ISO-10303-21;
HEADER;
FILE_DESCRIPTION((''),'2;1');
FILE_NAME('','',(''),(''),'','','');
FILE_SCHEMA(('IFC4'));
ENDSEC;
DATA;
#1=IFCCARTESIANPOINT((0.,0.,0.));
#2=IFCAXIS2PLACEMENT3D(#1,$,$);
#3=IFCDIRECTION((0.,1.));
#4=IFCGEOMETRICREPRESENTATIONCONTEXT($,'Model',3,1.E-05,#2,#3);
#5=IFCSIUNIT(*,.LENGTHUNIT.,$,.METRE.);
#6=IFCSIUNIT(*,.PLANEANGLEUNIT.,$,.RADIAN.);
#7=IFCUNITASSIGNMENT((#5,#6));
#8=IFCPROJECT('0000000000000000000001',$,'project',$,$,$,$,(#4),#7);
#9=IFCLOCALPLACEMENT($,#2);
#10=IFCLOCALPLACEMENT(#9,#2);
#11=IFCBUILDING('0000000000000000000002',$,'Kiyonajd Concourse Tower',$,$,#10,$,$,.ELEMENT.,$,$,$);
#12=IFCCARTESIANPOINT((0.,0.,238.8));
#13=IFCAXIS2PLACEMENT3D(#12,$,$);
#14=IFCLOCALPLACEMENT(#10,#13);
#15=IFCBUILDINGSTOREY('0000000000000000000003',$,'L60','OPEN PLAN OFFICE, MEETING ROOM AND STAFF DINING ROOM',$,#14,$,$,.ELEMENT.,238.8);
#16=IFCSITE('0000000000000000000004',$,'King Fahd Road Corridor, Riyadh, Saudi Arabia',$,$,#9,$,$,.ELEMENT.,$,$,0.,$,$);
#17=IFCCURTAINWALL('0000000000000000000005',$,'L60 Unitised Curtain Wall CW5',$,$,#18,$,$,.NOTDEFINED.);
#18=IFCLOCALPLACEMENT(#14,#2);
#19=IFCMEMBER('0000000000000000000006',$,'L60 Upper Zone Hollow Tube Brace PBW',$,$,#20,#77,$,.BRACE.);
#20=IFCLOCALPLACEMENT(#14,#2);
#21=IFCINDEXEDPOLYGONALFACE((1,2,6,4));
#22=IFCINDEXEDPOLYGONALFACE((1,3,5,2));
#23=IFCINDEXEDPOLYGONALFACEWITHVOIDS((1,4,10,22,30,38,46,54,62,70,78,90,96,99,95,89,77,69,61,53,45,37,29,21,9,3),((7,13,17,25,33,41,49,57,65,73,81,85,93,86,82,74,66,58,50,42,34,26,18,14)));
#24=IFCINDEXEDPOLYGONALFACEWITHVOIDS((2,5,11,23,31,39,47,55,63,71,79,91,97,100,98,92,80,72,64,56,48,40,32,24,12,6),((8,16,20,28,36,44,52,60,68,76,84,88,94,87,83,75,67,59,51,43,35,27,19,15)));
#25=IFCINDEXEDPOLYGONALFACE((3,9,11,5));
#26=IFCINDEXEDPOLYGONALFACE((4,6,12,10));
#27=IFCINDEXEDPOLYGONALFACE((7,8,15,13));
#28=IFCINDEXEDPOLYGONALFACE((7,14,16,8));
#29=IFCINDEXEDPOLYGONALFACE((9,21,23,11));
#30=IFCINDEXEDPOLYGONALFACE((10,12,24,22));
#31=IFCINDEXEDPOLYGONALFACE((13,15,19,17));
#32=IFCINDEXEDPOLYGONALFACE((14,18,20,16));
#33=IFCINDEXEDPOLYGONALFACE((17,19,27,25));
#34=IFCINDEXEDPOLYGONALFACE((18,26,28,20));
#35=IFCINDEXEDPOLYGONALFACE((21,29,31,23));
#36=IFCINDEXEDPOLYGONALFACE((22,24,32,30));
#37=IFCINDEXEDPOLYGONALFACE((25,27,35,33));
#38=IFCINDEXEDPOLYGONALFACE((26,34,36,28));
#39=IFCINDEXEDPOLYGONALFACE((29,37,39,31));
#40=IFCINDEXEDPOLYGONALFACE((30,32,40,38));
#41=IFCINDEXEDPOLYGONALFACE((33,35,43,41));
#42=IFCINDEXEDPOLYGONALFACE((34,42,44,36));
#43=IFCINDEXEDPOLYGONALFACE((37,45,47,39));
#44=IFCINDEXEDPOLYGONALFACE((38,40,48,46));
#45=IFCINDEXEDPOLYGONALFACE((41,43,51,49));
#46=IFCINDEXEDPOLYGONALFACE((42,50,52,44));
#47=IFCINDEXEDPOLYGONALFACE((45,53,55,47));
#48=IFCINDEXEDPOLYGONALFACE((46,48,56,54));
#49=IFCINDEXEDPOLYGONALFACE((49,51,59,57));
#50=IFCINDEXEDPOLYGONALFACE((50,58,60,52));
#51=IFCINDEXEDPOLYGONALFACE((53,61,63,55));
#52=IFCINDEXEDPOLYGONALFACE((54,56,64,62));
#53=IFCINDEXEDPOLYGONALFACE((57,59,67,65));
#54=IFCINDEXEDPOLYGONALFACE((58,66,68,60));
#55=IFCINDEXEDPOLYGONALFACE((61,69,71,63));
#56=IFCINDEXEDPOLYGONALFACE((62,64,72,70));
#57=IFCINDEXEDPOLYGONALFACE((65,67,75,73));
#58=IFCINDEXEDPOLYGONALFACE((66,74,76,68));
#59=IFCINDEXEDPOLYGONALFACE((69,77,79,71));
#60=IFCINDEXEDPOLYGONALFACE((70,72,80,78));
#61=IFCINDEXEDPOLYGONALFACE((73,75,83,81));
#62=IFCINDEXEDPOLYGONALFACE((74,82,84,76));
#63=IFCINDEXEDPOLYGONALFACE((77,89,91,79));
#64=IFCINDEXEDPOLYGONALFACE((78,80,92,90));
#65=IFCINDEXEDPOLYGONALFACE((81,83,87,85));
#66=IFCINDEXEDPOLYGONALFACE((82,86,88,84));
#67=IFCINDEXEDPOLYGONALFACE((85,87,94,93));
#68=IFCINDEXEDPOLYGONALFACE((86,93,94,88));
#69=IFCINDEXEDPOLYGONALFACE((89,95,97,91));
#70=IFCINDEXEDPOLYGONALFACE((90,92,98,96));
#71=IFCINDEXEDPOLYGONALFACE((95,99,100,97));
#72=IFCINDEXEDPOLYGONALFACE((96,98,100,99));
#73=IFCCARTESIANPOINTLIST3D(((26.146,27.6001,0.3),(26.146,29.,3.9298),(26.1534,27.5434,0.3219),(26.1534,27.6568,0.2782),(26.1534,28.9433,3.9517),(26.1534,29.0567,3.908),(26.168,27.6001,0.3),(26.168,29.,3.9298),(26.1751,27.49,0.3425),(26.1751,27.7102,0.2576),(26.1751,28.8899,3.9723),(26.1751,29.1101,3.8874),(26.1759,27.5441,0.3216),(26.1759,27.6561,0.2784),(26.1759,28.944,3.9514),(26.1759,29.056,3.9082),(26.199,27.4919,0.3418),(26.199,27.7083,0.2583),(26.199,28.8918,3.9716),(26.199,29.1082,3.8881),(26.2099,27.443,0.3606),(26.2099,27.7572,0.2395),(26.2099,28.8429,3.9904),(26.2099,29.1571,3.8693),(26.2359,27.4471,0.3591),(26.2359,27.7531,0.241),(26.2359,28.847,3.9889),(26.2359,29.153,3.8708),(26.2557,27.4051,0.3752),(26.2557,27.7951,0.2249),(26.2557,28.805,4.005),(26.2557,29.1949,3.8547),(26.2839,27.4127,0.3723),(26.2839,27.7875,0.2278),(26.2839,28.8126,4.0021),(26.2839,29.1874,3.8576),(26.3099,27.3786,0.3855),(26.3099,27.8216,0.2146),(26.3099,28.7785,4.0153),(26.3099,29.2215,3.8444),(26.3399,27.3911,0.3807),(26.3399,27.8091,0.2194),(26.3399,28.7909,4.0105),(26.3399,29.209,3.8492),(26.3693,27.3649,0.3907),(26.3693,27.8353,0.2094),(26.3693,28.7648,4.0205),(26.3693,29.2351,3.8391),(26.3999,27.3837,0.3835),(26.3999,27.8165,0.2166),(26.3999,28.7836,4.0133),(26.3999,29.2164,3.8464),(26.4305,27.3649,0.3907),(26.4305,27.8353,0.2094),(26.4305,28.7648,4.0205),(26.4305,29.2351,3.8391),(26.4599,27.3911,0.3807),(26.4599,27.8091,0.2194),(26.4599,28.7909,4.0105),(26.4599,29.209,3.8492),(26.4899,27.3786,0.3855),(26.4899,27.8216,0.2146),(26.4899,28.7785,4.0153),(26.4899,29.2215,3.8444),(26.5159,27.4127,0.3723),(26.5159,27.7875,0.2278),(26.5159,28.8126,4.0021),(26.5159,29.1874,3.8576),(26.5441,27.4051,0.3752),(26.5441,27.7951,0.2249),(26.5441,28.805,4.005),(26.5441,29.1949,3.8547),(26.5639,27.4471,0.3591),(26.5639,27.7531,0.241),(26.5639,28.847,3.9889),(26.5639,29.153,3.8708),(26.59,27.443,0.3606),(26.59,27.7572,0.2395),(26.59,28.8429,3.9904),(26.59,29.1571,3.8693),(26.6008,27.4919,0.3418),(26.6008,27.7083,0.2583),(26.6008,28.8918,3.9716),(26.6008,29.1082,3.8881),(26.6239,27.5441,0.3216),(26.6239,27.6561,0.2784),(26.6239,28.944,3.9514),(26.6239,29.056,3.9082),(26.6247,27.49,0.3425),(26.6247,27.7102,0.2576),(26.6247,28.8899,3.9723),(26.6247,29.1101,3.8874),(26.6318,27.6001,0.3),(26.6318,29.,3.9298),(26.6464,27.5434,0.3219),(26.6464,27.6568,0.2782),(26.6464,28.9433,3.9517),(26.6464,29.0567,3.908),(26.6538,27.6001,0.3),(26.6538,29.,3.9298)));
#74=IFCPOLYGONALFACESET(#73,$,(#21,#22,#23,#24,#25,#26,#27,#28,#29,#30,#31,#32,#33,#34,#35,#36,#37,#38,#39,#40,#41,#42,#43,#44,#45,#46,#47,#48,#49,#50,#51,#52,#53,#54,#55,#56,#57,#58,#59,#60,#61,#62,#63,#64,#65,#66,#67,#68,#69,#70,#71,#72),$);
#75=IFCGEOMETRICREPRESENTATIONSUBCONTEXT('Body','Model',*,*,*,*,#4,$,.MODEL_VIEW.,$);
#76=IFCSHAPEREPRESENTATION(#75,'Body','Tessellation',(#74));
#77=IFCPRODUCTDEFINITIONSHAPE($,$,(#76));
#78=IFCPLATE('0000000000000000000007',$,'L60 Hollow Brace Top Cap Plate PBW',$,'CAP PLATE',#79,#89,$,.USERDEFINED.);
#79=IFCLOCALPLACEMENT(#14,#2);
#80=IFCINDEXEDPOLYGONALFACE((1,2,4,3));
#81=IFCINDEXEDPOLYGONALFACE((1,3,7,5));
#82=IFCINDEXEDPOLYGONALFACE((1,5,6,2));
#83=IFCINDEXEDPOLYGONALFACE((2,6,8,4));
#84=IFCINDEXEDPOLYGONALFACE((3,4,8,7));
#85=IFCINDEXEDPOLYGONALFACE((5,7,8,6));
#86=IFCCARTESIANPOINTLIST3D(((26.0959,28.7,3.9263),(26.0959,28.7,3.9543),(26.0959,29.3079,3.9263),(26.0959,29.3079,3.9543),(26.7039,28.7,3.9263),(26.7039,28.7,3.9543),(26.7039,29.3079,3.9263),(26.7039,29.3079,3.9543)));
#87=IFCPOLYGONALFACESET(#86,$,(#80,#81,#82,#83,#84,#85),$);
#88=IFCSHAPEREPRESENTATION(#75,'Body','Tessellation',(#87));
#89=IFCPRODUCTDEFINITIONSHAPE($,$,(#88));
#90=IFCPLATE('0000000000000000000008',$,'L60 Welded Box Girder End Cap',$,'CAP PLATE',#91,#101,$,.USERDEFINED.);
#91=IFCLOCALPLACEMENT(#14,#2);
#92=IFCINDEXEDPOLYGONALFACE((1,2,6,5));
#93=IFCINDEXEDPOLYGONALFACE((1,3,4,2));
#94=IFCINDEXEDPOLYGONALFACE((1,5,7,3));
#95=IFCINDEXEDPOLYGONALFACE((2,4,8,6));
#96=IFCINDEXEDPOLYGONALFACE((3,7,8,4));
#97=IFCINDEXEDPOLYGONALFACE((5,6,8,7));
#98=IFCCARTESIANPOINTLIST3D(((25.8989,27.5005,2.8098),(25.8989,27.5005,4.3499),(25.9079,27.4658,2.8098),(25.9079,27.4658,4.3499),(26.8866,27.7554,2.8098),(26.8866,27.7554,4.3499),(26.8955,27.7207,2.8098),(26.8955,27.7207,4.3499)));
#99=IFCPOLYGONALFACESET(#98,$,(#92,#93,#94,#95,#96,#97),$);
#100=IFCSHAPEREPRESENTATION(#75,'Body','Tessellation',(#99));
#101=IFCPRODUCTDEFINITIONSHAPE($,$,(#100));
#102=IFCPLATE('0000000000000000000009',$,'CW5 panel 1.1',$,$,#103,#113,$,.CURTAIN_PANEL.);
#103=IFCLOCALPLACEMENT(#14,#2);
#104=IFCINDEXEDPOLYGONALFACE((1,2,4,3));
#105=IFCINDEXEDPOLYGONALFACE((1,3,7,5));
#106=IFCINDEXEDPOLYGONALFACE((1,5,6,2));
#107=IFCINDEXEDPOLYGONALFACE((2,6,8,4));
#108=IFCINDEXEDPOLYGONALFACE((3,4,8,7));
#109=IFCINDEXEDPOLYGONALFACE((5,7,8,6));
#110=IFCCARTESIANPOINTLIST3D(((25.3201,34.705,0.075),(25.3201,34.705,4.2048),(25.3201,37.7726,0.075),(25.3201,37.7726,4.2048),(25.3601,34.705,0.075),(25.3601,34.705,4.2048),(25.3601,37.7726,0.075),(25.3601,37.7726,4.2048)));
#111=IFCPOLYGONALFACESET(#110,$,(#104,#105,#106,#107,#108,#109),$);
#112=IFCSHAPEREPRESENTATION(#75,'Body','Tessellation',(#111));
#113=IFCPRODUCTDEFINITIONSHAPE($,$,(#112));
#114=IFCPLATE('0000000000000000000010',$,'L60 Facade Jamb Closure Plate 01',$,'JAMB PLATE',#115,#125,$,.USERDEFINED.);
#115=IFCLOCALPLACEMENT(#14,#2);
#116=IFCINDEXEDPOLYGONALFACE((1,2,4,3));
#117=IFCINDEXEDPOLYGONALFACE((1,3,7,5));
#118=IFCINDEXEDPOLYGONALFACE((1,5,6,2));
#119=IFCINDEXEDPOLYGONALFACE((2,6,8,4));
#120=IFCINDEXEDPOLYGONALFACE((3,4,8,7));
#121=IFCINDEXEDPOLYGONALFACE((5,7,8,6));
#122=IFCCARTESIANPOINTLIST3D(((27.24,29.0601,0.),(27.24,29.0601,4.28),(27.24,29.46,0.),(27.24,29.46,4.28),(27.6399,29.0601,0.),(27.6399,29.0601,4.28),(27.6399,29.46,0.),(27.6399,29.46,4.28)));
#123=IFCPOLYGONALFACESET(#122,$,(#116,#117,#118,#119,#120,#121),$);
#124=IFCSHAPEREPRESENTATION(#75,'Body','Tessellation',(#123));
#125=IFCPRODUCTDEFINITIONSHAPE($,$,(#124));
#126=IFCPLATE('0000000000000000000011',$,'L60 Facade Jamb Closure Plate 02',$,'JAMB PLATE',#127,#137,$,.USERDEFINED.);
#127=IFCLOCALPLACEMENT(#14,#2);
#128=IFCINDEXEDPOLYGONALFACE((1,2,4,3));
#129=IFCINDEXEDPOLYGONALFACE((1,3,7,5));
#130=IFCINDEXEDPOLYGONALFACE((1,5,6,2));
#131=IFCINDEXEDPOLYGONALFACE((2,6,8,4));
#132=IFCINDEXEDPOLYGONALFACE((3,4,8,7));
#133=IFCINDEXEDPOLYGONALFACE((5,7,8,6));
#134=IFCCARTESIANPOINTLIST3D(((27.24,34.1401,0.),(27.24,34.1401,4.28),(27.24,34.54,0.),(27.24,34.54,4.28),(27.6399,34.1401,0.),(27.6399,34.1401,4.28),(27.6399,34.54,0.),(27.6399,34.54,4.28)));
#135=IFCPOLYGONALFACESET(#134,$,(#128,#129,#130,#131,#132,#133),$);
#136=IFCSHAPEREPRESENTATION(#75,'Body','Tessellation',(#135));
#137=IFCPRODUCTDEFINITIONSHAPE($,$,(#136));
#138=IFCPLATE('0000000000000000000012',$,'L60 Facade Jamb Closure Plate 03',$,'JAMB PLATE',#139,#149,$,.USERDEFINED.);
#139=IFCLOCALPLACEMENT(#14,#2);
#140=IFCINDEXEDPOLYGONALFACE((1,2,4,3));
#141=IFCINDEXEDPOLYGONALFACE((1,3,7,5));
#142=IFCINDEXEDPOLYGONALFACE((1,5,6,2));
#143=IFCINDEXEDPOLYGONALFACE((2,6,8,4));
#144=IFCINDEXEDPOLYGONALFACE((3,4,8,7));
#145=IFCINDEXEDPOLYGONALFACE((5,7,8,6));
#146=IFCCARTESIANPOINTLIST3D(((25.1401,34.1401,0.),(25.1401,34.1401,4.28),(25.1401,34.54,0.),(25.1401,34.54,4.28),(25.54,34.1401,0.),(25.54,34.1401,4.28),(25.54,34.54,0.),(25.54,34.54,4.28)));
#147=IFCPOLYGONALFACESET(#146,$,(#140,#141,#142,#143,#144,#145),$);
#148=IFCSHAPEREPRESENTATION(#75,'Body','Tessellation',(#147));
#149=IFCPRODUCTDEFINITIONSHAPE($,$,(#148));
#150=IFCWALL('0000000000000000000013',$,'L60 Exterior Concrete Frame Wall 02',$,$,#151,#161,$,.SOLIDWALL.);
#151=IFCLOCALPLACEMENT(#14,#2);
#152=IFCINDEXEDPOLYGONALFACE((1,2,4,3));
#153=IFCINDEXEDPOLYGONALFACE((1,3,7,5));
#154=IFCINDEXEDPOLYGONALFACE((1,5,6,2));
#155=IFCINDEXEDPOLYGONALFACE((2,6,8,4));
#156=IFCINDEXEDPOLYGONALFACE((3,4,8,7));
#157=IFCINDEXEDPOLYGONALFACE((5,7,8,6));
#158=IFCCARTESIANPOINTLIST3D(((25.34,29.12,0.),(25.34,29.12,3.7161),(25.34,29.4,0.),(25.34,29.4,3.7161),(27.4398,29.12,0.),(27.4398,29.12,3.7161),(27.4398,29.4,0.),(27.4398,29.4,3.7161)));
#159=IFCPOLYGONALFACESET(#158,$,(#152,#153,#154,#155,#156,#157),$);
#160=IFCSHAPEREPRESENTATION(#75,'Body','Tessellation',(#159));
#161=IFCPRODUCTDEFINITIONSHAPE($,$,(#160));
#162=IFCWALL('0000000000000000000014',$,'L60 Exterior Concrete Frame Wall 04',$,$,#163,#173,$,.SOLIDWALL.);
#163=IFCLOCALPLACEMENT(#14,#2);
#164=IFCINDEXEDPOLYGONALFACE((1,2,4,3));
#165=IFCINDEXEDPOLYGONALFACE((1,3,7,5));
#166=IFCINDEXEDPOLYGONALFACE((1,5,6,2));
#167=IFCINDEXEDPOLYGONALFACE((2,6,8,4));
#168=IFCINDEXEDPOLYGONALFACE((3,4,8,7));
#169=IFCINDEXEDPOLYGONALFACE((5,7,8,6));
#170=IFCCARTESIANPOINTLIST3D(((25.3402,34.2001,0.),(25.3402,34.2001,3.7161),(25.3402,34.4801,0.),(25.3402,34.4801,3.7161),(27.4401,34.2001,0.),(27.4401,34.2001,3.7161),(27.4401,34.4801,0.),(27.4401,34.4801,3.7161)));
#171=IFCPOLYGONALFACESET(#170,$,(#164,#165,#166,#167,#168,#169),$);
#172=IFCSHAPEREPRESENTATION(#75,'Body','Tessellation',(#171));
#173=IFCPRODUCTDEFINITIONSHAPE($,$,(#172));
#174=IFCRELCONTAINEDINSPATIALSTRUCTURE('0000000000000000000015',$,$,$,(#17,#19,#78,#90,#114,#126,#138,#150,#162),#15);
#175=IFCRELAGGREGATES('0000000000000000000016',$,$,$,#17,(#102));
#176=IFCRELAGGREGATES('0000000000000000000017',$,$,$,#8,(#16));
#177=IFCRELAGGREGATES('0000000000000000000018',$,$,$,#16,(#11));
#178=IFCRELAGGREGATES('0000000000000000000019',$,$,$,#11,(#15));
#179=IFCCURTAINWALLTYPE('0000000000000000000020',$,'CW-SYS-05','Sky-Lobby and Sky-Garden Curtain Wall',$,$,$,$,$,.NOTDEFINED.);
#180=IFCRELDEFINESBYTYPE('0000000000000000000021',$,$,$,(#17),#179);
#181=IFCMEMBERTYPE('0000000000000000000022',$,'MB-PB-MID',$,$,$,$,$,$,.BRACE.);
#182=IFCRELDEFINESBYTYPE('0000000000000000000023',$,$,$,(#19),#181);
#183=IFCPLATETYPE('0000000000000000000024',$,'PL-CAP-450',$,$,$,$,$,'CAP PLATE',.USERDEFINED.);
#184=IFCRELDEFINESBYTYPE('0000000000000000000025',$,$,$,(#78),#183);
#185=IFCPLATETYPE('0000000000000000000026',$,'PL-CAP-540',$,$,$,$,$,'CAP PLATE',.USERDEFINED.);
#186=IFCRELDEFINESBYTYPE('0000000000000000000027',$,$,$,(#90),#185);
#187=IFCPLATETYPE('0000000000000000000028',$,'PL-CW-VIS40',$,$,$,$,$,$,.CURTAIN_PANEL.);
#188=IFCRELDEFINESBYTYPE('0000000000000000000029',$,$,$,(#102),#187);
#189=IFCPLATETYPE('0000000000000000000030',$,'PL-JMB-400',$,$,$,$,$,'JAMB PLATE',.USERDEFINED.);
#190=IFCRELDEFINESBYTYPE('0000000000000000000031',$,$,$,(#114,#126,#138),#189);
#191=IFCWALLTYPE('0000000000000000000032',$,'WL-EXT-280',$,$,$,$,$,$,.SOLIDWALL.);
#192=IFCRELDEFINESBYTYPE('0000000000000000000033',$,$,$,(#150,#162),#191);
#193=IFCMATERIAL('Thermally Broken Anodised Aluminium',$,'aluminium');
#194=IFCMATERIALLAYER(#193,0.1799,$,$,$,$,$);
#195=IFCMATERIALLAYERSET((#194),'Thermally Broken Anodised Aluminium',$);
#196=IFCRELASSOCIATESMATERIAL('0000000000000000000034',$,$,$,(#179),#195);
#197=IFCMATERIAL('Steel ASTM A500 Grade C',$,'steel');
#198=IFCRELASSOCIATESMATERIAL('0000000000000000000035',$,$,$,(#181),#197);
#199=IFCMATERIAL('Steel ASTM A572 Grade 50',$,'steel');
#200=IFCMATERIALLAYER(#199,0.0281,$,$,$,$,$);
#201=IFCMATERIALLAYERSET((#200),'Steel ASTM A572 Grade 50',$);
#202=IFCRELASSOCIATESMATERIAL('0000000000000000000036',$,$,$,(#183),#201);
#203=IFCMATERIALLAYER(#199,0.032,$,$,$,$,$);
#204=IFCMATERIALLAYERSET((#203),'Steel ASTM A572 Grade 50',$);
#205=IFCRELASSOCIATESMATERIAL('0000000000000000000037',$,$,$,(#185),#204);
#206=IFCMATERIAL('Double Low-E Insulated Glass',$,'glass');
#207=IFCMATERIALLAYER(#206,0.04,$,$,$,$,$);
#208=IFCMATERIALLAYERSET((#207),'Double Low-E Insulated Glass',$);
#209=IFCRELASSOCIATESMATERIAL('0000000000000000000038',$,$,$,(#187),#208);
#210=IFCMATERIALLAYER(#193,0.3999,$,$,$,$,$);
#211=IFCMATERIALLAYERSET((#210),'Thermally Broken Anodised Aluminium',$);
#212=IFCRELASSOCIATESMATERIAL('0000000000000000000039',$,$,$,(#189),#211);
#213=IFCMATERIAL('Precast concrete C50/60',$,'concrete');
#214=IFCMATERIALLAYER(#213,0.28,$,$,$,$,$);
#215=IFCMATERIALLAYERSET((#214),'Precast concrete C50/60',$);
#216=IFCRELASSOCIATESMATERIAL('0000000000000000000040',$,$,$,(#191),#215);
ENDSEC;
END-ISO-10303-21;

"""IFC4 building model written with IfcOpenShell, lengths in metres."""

from ifc_helpers import new_model, si_unit, direction, frame, frame_2d, origin, origin_2d, place, context, subcontext, project, spatial, rectangle, hollow_circle, extrude, material, layer, layer_set, material_profile, profile_set, type_object, element, aggregate, save


model = new_model("IFC4")

# Units and contexts
model_context = context("Model", 3, precision=1e-05, world=origin(), true_north=direction((0.0, 1.0)))
body_context = subcontext(model_context, "Body", "Model", "MODEL_VIEW")
ifc_project = project(units=[si_unit("LENGTHUNIT", "METRE"), si_unit("PLANEANGLEUNIT", "RADIAN")], contexts=[model_context])

# Site, building, storey
site_placement = place(None, origin())
site = spatial("IfcSite", under=ifc_project, at=site_placement, Name="King Fahd Road Corridor, Riyadh, Saudi Arabia", CompositionType="ELEMENT", RefElevation=0.0)
building_placement = place(site_placement, origin())
building = spatial("IfcBuilding", under=site, at=building_placement, Name="Kiyonajd Concourse Tower", CompositionType="ELEMENT")
storey_placement = place(building_placement, frame((0.0, 0.0, 238.8)))
storey = spatial("IfcBuildingStorey", under=building, at=storey_placement, Name="L60", Description="OPEN PLAN OFFICE, MEETING ROOM AND STAFF DINING ROOM", CompositionType="ELEMENT", Elevation=238.8)

# Curtain wall
ifc_material_1 = material(Name="Thermally Broken Anodised Aluminium", Category="aluminium")
ifc_layer_1 = layer(ifc_material_1, 0.1799)
ifc_layer_set_1 = layer_set([ifc_layer_1], Name="Thermally Broken Anodised Aluminium")
curtain_wall_type = type_object("IfcCurtainWallType", Name="CW-SYS-05", Description="Sky-Lobby and Sky-Garden Curtain Wall", PredefinedType="NOTDEFINED", material=ifc_layer_set_1)
curtain_wall_placement = place(storey_placement, origin())
curtain_wall = element("IfcCurtainWall", 1, at=curtain_wall_placement, inside=storey, type_object=curtain_wall_type, Name="L60 Unitised Curtain Wall CW5", PredefinedType="NOTDEFINED")

# Member
ifc_material_2 = material(Name="Steel ASTM A500 Grade C", Category="steel")
ifc_material_profile_1 = material_profile(ifc_material_2, hollow_circle(Radius=0.2539, WallThickness=0.022, at=origin_2d()), Name="CHS-508x22")
ifc_profile_set_1 = profile_set([ifc_material_profile_1], Name="Steel ASTM A500 Grade C")
member_type_1 = type_object("IfcMemberType", Name="MB-PB-MID", PredefinedType="BRACE", material=ifc_profile_set_1)
member_1_placement = place(storey_placement, frame((26.3999, 27.6001, 0.3), z_axis=(0.0, 0.359828, 0.933019), x_axis=(-1.0, 0.0, 0.0)))
element("IfcMember", 2, at=member_1_placement, inside=storey, type_object=member_type_1, Name="L60 Upper Zone Hollow Tube Brace PBW", PredefinedType="BRACE", context=body_context, shape_type="SweptSolid", body=[
    extrude(hollow_circle(Radius=0.2539, WallThickness=0.022, at=origin_2d()), origin(), (0.0, 0.0, 1.0), 3.8904),
])

# Plates
ifc_material_3 = material(Name="Steel ASTM A572 Grade 50", Category="steel")
ifc_layer_2 = layer(ifc_material_3, 0.0281)
ifc_layer_set_2 = layer_set([ifc_layer_2], Name="Steel ASTM A572 Grade 50")
plate_type_1 = type_object("IfcPlateType", Name="PL-CAP-450", ElementType="CAP PLATE", PredefinedType="USERDEFINED", material=ifc_layer_set_2)
plate_1_placement = place(storey_placement, frame((26.3999, 29.0039, 3.9263), z_axis=(0.0, 0.0, 1.0), x_axis=(1.0, 0.0, 0.0)))
element("IfcPlate", 3, at=plate_1_placement, inside=storey, type_object=plate_type_1, Name="L60 Hollow Brace Top Cap Plate PBW", ObjectType="CAP PLATE", PredefinedType="USERDEFINED", context=body_context, shape_type="SweptSolid", body=[
    extrude(rectangle(XDim=0.6079, YDim=0.6079, at=origin_2d()), origin(), (0.0, 0.0, 1.0), 0.0281),
])
ifc_layer_3 = layer(ifc_material_3, 0.032)
ifc_layer_set_3 = layer_set([ifc_layer_3], Name="Steel ASTM A572 Grade 50")
plate_type_2 = type_object("IfcPlateType", Name="PL-CAP-540", ElementType="CAP PLATE", PredefinedType="USERDEFINED", material=ifc_layer_set_3)
plate_2_placement = place(storey_placement, frame((26.3972, 27.6106, 2.8098), z_axis=(0.0, 0.0, 1.0), x_axis=(-0.249873, 0.968279, 0.0)))
element("IfcPlate", 4, at=plate_2_placement, inside=storey, type_object=plate_type_2, Name="L60 Welded Box Girder End Cap", ObjectType="CAP PLATE", PredefinedType="USERDEFINED", context=body_context, shape_type="SweptSolid", body=[
    extrude(rectangle(XDim=0.0359, YDim=1.02, at=origin_2d()), origin(), (0.0, 0.0, 1.0), 1.54),
])

# Plate
ifc_material_4 = material(Name="Double Low-E Insulated Glass", Category="glass")
ifc_layer_4 = layer(ifc_material_4, 0.04)
ifc_layer_set_4 = layer_set([ifc_layer_4], Name="Double Low-E Insulated Glass")
plate_type_3 = type_object("IfcPlateType", Name="PL-CW-VIS40", PredefinedType="CURTAIN_PANEL", material=ifc_layer_set_4)
plate_3_placement = place(storey_placement, frame((25.3401, 36.2388, 0.075), z_axis=(0.0, 0.0, 1.0), x_axis=(0.0, 1.0, 0.0)))
plate_3 = element("IfcPlate", 5, at=plate_3_placement, type_object=plate_type_3, Name="CW5 panel 1.1", PredefinedType="CURTAIN_PANEL", context=body_context, shape_type="SweptSolid", body=[
    extrude(rectangle(XDim=3.0676, YDim=0.04, at=origin_2d()), origin(), (0.0, 0.0, 1.0), 4.1299),
])
aggregate(curtain_wall, [plate_3])

# Plates
ifc_layer_5 = layer(ifc_material_1, 0.3999)
ifc_layer_set_5 = layer_set([ifc_layer_5], Name="Thermally Broken Anodised Aluminium")
plate_type_4 = type_object("IfcPlateType", Name="PL-JMB-400", ElementType="JAMB PLATE", PredefinedType="USERDEFINED", material=ifc_layer_set_5)
for number, where, z_axis, x_axis, name in (
    (6, (27.4399, 29.26, 0.0), (0.0, 0.0, 1.0), (1.0, 0.0, 0.0), "L60 Facade Jamb Closure Plate 01"),
    (7, (27.4399, 34.3401, 0.0), (0.0, 0.0, 1.0), (1.0, 0.0, 0.0), "L60 Facade Jamb Closure Plate 02"),
    (8, (25.3401, 34.3401, 0.0), (0.0, 0.0, 1.0), (1.0, 0.0, 0.0), "L60 Facade Jamb Closure Plate 03"),
):
    element("IfcPlate", number, at=place(storey_placement, frame(where, z_axis=z_axis, x_axis=x_axis)), inside=storey, type_object=plate_type_4, Name=name, ObjectType="JAMB PLATE", PredefinedType="USERDEFINED", context=body_context, shape_type="SweptSolid", body=[
        extrude(rectangle(XDim=0.3999, YDim=0.3999, at=origin_2d()), origin(), (0.0, 0.0, 1.0), 4.28),
    ])

# Walls
ifc_material_5 = material(Name="Precast concrete C50/60", Category="concrete")
ifc_layer_6 = layer(ifc_material_5, 0.28)
ifc_layer_set_6 = layer_set([ifc_layer_6], Name="Precast concrete C50/60")
wall_type_1 = type_object("IfcWallType", Name="WL-EXT-280", PredefinedType="SOLIDWALL", material=ifc_layer_set_6)
for number, where, z_axis, x_axis, name in (
    (9, (25.3401, 29.26, 0.0), (0.0, 0.0, 1.0), (1.0, 0.0, 0.0), "L60 Exterior Concrete Frame Wall 02"),
    (10, (27.4399, 34.3401, 0.0), (0.0, 0.0, 1.0), (-1.0, 0.0, 0.0), "L60 Exterior Concrete Frame Wall 04"),
):
    element("IfcWall", number, at=place(storey_placement, frame(where, z_axis=z_axis, x_axis=x_axis)), inside=storey, type_object=wall_type_1, Name=name, PredefinedType="SOLIDWALL", context=body_context, shape_type="SweptSolid", body=[
        extrude(rectangle(XDim=2.0999, YDim=0.28, at=frame_2d((1.0498, 0.0))), origin(), (0.0, 0.0, 1.0), 3.7161),
    ])

save(model, "model.ifc")
